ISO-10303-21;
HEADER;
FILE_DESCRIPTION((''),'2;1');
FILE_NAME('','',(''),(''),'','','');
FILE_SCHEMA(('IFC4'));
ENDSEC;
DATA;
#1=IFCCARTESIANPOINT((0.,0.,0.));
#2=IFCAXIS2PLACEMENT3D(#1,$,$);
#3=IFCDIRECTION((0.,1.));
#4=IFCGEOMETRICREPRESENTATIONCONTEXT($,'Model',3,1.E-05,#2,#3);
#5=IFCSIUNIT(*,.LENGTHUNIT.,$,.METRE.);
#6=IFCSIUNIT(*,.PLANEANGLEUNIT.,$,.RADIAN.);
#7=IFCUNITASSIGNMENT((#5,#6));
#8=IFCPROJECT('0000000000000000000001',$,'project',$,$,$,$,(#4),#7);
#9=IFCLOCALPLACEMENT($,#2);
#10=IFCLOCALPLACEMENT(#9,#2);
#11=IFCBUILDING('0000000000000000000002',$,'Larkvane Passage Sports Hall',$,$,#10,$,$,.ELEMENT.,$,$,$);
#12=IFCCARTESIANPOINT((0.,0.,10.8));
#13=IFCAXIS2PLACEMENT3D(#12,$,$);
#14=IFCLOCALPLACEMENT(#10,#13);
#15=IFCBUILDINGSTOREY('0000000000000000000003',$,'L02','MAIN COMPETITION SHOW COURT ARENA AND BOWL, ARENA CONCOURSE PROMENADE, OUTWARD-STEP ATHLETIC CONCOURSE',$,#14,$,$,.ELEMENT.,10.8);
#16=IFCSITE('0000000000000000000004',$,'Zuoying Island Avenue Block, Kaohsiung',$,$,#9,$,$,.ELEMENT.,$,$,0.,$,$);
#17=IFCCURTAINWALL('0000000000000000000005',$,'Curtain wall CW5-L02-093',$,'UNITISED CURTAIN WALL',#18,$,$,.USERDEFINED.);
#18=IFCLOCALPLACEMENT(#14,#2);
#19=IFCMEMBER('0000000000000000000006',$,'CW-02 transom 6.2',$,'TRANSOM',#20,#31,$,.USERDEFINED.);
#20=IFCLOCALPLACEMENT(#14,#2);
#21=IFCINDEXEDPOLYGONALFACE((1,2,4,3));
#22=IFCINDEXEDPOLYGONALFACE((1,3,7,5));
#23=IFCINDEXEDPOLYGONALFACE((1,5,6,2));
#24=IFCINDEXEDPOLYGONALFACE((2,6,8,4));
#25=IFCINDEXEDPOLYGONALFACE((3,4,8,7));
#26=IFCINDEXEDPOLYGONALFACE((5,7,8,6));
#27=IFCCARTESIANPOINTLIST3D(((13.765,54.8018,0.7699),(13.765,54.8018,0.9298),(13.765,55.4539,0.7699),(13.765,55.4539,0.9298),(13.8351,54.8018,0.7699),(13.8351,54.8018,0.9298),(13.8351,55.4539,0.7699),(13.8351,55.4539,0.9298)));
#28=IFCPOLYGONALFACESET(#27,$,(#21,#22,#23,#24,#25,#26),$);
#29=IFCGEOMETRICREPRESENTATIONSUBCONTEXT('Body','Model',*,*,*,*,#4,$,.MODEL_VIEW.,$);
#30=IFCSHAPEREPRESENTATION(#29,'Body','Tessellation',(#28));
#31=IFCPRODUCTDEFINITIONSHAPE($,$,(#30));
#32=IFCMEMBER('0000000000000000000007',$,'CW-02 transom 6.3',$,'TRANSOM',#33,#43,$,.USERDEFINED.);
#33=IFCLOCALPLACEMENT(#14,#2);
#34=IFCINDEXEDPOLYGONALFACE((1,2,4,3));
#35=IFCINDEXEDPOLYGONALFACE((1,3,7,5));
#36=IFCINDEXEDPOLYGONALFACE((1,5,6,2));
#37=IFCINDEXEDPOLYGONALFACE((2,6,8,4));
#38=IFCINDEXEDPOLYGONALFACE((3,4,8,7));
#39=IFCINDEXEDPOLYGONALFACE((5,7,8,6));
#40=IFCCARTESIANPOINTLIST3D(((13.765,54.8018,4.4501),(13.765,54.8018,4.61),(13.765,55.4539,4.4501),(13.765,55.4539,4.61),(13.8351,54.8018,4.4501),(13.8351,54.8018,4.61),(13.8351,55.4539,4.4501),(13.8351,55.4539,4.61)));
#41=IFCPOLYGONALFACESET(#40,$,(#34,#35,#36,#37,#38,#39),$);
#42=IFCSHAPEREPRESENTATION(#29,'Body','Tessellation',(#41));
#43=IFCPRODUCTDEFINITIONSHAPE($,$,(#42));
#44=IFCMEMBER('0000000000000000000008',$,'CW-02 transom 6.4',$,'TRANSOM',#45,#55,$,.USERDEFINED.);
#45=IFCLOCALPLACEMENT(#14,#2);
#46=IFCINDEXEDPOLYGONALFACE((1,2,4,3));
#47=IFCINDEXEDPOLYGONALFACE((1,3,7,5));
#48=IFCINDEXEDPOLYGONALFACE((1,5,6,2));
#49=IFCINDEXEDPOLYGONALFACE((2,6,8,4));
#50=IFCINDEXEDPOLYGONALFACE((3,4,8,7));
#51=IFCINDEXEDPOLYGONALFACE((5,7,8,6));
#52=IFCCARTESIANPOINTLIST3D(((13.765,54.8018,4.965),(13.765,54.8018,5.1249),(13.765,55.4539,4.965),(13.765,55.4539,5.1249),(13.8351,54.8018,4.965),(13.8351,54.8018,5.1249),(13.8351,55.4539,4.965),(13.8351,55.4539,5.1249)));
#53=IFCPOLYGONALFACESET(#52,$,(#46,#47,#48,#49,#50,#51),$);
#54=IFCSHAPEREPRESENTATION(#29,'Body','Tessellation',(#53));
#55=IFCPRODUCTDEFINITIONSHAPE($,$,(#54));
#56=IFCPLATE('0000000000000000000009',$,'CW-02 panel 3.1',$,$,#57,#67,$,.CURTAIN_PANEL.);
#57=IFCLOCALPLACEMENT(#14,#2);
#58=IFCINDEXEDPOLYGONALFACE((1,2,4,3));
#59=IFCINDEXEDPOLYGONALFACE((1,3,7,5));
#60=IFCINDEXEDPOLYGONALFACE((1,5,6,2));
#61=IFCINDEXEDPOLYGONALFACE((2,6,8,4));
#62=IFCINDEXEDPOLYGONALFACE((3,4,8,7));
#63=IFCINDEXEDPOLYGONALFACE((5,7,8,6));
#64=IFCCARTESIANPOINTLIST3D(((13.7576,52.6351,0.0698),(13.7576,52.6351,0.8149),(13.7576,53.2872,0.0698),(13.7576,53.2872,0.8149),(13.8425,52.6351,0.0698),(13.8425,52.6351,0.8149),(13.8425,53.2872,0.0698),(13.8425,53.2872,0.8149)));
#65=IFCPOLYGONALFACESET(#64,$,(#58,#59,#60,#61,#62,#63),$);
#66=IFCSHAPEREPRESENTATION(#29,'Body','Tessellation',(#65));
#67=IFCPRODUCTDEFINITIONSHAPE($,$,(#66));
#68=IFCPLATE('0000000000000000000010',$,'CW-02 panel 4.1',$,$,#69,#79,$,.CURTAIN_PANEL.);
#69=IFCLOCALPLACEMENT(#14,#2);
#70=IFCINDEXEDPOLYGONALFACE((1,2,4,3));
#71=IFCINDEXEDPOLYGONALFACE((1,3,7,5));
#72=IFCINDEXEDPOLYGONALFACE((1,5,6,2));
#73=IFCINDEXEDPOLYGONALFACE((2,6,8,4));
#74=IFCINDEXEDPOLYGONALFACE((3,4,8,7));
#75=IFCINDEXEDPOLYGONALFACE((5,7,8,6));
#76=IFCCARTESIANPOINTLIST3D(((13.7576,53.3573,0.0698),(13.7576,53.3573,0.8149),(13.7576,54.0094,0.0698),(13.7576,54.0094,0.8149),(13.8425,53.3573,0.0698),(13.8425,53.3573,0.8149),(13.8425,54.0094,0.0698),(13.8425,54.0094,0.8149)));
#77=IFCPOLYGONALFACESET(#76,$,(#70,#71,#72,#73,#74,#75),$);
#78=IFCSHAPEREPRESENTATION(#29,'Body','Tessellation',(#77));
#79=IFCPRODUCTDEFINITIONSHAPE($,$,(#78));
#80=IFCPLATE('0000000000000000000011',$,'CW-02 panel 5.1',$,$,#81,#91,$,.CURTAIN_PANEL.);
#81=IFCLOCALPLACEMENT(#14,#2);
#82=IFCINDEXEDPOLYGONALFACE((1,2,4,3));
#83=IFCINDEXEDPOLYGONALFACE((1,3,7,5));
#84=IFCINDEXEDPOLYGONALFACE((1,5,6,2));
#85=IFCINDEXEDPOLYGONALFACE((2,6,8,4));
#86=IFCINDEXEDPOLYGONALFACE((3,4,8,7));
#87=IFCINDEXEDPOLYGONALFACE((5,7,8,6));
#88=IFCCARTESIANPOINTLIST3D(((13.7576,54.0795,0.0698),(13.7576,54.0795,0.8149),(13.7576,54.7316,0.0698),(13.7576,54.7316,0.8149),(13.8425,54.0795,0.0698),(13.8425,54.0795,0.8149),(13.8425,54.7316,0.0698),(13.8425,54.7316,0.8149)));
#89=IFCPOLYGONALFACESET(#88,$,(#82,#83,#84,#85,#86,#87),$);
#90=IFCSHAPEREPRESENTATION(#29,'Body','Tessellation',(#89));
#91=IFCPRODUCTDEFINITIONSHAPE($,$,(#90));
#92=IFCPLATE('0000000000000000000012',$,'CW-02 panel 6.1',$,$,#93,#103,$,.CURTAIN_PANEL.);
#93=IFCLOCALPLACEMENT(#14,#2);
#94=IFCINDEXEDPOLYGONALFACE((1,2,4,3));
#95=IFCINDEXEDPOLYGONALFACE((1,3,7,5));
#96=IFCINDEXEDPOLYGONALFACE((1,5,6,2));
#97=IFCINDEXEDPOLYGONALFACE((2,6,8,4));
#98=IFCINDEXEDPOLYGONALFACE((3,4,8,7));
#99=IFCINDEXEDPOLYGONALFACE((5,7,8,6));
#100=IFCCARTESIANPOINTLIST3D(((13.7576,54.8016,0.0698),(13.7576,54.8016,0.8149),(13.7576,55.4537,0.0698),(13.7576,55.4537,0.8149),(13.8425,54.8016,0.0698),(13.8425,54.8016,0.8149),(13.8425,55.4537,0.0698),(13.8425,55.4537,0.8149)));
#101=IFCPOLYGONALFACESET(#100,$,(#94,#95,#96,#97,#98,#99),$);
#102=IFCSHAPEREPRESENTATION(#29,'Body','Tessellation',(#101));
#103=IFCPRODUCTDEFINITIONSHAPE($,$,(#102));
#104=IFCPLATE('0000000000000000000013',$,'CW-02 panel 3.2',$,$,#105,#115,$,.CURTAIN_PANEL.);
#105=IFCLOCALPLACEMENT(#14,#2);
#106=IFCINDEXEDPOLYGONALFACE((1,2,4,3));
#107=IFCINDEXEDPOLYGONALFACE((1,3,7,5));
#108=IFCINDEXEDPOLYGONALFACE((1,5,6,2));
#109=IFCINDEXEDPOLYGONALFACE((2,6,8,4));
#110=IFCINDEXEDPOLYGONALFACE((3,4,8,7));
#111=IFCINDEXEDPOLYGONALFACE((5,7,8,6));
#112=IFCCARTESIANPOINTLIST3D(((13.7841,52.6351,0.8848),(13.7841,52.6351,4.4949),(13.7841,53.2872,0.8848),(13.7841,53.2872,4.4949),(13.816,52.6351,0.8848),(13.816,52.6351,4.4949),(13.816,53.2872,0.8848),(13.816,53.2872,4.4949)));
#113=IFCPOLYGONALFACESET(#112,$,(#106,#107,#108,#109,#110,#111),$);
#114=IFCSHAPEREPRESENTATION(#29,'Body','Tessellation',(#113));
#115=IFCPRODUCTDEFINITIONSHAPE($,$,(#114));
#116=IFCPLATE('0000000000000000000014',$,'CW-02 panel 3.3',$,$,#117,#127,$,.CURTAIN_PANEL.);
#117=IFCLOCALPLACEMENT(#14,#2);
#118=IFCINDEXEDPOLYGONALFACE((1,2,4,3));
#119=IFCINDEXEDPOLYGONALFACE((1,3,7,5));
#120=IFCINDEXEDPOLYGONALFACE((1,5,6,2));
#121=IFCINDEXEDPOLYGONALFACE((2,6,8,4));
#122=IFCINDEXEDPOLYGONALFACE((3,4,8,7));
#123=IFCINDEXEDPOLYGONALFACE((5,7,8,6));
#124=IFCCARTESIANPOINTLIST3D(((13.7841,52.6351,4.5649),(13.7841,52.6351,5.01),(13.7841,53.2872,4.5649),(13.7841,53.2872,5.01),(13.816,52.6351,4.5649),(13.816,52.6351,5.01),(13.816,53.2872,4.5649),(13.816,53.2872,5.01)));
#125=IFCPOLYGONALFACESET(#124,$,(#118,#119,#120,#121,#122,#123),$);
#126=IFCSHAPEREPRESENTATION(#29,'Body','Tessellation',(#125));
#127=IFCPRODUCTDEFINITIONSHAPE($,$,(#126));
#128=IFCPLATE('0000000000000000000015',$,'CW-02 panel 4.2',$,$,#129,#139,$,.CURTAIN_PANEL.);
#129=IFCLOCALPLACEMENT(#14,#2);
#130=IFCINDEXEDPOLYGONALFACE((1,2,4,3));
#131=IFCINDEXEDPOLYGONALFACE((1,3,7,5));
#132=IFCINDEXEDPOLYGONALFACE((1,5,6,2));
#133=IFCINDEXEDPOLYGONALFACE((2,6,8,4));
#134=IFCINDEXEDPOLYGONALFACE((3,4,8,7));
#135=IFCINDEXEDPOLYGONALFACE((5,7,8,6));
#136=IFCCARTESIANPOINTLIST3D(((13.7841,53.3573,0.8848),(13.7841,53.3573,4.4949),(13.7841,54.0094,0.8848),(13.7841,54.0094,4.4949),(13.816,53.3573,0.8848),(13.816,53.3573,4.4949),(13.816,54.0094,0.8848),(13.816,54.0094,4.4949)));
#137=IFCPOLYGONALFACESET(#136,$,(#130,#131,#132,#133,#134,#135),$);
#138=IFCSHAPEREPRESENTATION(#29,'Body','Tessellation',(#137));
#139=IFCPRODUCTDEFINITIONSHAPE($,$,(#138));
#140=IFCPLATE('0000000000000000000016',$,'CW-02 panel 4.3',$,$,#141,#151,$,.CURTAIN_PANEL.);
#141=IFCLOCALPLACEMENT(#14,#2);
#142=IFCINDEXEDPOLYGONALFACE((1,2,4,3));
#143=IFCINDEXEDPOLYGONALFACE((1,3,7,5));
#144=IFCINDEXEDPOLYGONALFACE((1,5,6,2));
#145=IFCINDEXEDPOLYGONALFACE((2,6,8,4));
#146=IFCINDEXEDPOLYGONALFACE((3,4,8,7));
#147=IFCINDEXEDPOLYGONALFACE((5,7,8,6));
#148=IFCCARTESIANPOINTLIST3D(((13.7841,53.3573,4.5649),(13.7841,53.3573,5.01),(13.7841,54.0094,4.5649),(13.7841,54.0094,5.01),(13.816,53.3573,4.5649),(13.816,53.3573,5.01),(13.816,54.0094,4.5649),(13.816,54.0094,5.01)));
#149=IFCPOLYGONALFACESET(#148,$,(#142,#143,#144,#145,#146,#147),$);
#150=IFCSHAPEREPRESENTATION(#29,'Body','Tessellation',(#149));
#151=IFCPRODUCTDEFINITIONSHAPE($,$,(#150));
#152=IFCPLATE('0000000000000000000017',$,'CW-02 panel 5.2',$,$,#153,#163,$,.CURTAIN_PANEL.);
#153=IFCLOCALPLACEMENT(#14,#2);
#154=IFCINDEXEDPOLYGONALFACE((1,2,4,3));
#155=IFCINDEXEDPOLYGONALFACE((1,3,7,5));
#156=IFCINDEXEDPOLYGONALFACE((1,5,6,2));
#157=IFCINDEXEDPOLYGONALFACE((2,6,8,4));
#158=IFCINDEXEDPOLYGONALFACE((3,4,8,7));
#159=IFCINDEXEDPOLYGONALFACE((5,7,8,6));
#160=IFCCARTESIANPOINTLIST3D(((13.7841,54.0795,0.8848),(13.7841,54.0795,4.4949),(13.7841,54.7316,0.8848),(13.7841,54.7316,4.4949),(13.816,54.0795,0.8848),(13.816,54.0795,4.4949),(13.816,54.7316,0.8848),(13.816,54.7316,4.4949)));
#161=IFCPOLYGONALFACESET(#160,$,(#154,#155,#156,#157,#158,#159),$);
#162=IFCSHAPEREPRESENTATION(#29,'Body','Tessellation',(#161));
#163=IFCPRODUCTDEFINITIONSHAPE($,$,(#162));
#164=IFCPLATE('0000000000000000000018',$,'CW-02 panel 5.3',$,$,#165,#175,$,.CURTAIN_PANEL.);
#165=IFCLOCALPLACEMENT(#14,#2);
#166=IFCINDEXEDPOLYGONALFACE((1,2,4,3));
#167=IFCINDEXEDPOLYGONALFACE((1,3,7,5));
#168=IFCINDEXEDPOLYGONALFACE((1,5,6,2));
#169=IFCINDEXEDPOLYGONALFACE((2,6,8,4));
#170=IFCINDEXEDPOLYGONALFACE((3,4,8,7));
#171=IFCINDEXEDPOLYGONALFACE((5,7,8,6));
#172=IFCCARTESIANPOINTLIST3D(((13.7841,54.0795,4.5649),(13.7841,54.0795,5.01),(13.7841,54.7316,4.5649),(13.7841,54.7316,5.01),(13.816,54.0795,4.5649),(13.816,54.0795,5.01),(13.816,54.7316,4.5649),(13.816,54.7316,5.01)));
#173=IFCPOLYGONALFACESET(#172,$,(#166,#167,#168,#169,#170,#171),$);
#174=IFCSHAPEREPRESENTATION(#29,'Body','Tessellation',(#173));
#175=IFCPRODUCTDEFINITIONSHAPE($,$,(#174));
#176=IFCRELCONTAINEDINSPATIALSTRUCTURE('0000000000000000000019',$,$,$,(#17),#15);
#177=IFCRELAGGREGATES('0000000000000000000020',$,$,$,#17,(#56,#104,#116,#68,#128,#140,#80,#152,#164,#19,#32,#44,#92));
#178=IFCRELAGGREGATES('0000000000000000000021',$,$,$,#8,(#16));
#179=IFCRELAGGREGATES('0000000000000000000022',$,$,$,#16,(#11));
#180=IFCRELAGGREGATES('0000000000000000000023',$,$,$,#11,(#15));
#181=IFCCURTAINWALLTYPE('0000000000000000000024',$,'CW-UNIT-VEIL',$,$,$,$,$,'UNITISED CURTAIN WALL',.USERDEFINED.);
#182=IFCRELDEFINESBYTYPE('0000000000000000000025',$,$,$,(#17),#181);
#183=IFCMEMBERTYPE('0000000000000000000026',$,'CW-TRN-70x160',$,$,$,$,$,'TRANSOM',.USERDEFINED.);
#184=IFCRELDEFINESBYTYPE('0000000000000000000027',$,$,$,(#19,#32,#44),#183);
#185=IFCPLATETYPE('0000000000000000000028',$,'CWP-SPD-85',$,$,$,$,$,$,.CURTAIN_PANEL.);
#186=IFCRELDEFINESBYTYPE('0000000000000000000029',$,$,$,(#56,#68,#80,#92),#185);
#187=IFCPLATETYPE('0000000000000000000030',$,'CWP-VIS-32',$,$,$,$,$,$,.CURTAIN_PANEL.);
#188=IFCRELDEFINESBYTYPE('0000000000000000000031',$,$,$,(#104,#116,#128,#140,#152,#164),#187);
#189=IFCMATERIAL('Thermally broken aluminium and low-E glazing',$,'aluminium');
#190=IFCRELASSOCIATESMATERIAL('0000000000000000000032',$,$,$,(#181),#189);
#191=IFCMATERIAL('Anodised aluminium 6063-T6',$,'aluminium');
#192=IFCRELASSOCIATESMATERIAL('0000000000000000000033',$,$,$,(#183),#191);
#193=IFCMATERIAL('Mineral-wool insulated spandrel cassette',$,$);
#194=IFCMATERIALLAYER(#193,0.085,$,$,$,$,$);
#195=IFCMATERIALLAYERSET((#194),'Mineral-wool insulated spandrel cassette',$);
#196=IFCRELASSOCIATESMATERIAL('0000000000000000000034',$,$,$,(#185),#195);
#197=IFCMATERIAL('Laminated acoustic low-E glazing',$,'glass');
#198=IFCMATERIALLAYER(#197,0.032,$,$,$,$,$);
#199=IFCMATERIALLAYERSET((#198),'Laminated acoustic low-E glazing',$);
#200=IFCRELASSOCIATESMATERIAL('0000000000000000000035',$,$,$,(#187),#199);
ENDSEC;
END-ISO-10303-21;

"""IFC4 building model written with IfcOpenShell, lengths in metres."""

from ifc_helpers import new_model, si_unit, direction, frame, origin, origin_2d, place, context, subcontext, project, spatial, rectangle, extrude, material, layer, layer_set, material_profile, profile_set, type_object, element, aggregate, save


model = new_model("IFC4")

# Units and contexts
model_context = context("Model", 3, precision=1e-05, world=origin(), true_north=direction((0.0, 1.0)))
body_context = subcontext(model_context, "Body", "Model", "MODEL_VIEW")
ifc_project = project(units=[si_unit("LENGTHUNIT", "METRE"), si_unit("PLANEANGLEUNIT", "RADIAN")], contexts=[model_context])

# Site, building, storey
site_placement = place(None, origin())
site = spatial("IfcSite", under=ifc_project, at=site_placement, Name="Zuoying Island Avenue Block, Kaohsiung", CompositionType="ELEMENT", RefElevation=0.0)
building_placement = place(site_placement, origin())
building = spatial("IfcBuilding", under=site, at=building_placement, Name="Larkvane Passage Sports Hall", CompositionType="ELEMENT")
storey_placement = place(building_placement, frame((0.0, 0.0, 10.8)))
storey = spatial("IfcBuildingStorey", under=building, at=storey_placement, Name="L02", Description="MAIN COMPETITION SHOW COURT ARENA AND BOWL, ARENA CONCOURSE PROMENADE, OUTWARD-STEP ATHLETIC CONCOURSE", CompositionType="ELEMENT", Elevation=10.8)

# Curtain wall, members, plates
ifc_material_1 = material(Name="Thermally broken aluminium and low-E glazing", Category="aluminium")
curtain_wall_type = type_object("IfcCurtainWallType", Name="CW-UNIT-VEIL", ElementType="UNITISED CURTAIN WALL", PredefinedType="USERDEFINED", material=ifc_material_1)
curtain_wall_placement = place(storey_placement, origin())
curtain_wall = element("IfcCurtainWall", 1, at=curtain_wall_placement, inside=storey, type_object=curtain_wall_type, Name="Curtain wall CW5-L02-093", ObjectType="UNITISED CURTAIN WALL", PredefinedType="USERDEFINED")
ifc_material_2 = material(Name="Anodised aluminium 6063-T6", Category="aluminium")
ifc_material_profile_1 = material_profile(ifc_material_2, rectangle(XDim=0.0701, YDim=0.1599, at=origin_2d()), Name="ALU-TRN-70x160")
ifc_profile_set_1 = profile_set([ifc_material_profile_1], Name="Anodised aluminium 6063-T6")
member_type_1 = type_object("IfcMemberType", Name="CW-TRN-70x160", ElementType="TRANSOM", PredefinedType="USERDEFINED", material=ifc_profile_set_1)
member_1_placement = place(storey_placement, frame((13.8, 54.8018, 0.8499), z_axis=(0.0, 1.0, 0.0), x_axis=(-1.0, 0.0, 0.0)))
member_1 = element("IfcMember", 2, at=member_1_placement, type_object=member_type_1, Name="CW-02 transom 6.2", ObjectType="TRANSOM", PredefinedType="USERDEFINED", context=body_context, shape_type="SweptSolid", body=[
    extrude(rectangle(XDim=0.0701, YDim=0.1599, at=origin_2d()), origin(), (0.0, 0.0, 1.0), 0.6521),
])
member_2_placement = place(storey_placement, frame((13.8, 54.8018, 4.53), z_axis=(0.0, 1.0, 0.0), x_axis=(-1.0, 0.0, 0.0)))
member_2 = element("IfcMember", 3, at=member_2_placement, type_object=member_type_1, Name="CW-02 transom 6.3", ObjectType="TRANSOM", PredefinedType="USERDEFINED", context=body_context, shape_type="SweptSolid", body=[
    extrude(rectangle(XDim=0.0701, YDim=0.1599, at=origin_2d()), origin(), (0.0, 0.0, 1.0), 0.6521),
])
member_3_placement = place(storey_placement, frame((13.8, 54.8018, 5.0449), z_axis=(0.0, 1.0, 0.0), x_axis=(-1.0, 0.0, 0.0)))
member_3 = element("IfcMember", 4, at=member_3_placement, type_object=member_type_1, Name="CW-02 transom 6.4", ObjectType="TRANSOM", PredefinedType="USERDEFINED", context=body_context, shape_type="SweptSolid", body=[
    extrude(rectangle(XDim=0.0701, YDim=0.1599, at=origin_2d()), origin(), (0.0, 0.0, 1.0), 0.6521),
])
ifc_material_3 = material(Name="Mineral-wool insulated spandrel cassette")
ifc_layer_1 = layer(ifc_material_3, 0.085)
ifc_layer_set_1 = layer_set([ifc_layer_1], Name="Mineral-wool insulated spandrel cassette")
plate_type_1 = type_object("IfcPlateType", Name="CWP-SPD-85", PredefinedType="CURTAIN_PANEL", material=ifc_layer_set_1)
plate_1_placement = place(storey_placement, frame((13.8, 52.9612, 0.0698), z_axis=(0.0, 0.0, 1.0), x_axis=(0.0, 1.0, 0.0)))
plate_1 = element("IfcPlate", 5, at=plate_1_placement, type_object=plate_type_1, Name="CW-02 panel 3.1", PredefinedType="CURTAIN_PANEL", context=body_context, shape_type="SweptSolid", body=[
    extrude(rectangle(XDim=0.6521, YDim=0.085, at=origin_2d()), origin(), (0.0, 0.0, 1.0), 0.7451),
])
plate_2_placement = place(storey_placement, frame((13.8, 53.6833, 0.0698), z_axis=(0.0, 0.0, 1.0), x_axis=(0.0, 1.0, 0.0)))
plate_2 = element("IfcPlate", 6, at=plate_2_placement, type_object=plate_type_1, Name="CW-02 panel 4.1", PredefinedType="CURTAIN_PANEL", context=body_context, shape_type="SweptSolid", body=[
    extrude(rectangle(XDim=0.6521, YDim=0.085, at=origin_2d()), origin(), (0.0, 0.0, 1.0), 0.7451),
])
plate_3_placement = place(storey_placement, frame((13.8, 54.4055, 0.0698), z_axis=(0.0, 0.0, 1.0), x_axis=(0.0, 1.0, 0.0)))
plate_3 = element("IfcPlate", 7, at=plate_3_placement, type_object=plate_type_1, Name="CW-02 panel 5.1", PredefinedType="CURTAIN_PANEL", context=body_context, shape_type="SweptSolid", body=[
    extrude(rectangle(XDim=0.6521, YDim=0.085, at=origin_2d()), origin(), (0.0, 0.0, 1.0), 0.7451),
])
plate_4_placement = place(storey_placement, frame((13.8, 55.1277, 0.0698), z_axis=(0.0, 0.0, 1.0), x_axis=(0.0, 1.0, 0.0)))
plate_4 = element("IfcPlate", 8, at=plate_4_placement, type_object=plate_type_1, Name="CW-02 panel 6.1", PredefinedType="CURTAIN_PANEL", context=body_context, shape_type="SweptSolid", body=[
    extrude(rectangle(XDim=0.6521, YDim=0.085, at=origin_2d()), origin(), (0.0, 0.0, 1.0), 0.7451),
])
ifc_material_4 = material(Name="Laminated acoustic low-E glazing", Category="glass")
ifc_layer_2 = layer(ifc_material_4, 0.032)
ifc_layer_set_2 = layer_set([ifc_layer_2], Name="Laminated acoustic low-E glazing")
plate_type_2 = type_object("IfcPlateType", Name="CWP-VIS-32", PredefinedType="CURTAIN_PANEL", material=ifc_layer_set_2)
plate_5_placement = place(storey_placement, frame((13.8, 52.9612, 0.8848), z_axis=(0.0, 0.0, 1.0), x_axis=(0.0, 1.0, 0.0)))
plate_5 = element("IfcPlate", 9, at=plate_5_placement, type_object=plate_type_2, Name="CW-02 panel 3.2", PredefinedType="CURTAIN_PANEL", context=body_context, shape_type="SweptSolid", body=[
    extrude(rectangle(XDim=0.6521, YDim=0.032, at=origin_2d()), origin(), (0.0, 0.0, 1.0), 3.6101),
])
plate_6_placement = place(storey_placement, frame((13.8, 52.9612, 4.5649), z_axis=(0.0, 0.0, 1.0), x_axis=(0.0, 1.0, 0.0)))
plate_6 = element("IfcPlate", 10, at=plate_6_placement, type_object=plate_type_2, Name="CW-02 panel 3.3", PredefinedType="CURTAIN_PANEL", context=body_context, shape_type="SweptSolid", body=[
    extrude(rectangle(XDim=0.6521, YDim=0.032, at=origin_2d()), origin(), (0.0, 0.0, 1.0), 0.4451),
])
plate_7_placement = place(storey_placement, frame((13.8, 53.6833, 0.8848), z_axis=(0.0, 0.0, 1.0), x_axis=(0.0, 1.0, 0.0)))
plate_7 = element("IfcPlate", 11, at=plate_7_placement, type_object=plate_type_2, Name="CW-02 panel 4.2", PredefinedType="CURTAIN_PANEL", context=body_context, shape_type="SweptSolid", body=[
    extrude(rectangle(XDim=0.6521, YDim=0.032, at=origin_2d()), origin(), (0.0, 0.0, 1.0), 3.6101),
])
plate_8_placement = place(storey_placement, frame((13.8, 53.6833, 4.5649), z_axis=(0.0, 0.0, 1.0), x_axis=(0.0, 1.0, 0.0)))
plate_8 = element("IfcPlate", 12, at=plate_8_placement, type_object=plate_type_2, Name="CW-02 panel 4.3", PredefinedType="CURTAIN_PANEL", context=body_context, shape_type="SweptSolid", body=[
    extrude(rectangle(XDim=0.6521, YDim=0.032, at=origin_2d()), origin(), (0.0, 0.0, 1.0), 0.4451),
])
plate_9_placement = place(storey_placement, frame((13.8, 54.4055, 0.8848), z_axis=(0.0, 0.0, 1.0), x_axis=(0.0, 1.0, 0.0)))
plate_9 = element("IfcPlate", 13, at=plate_9_placement, type_object=plate_type_2, Name="CW-02 panel 5.2", PredefinedType="CURTAIN_PANEL", context=body_context, shape_type="SweptSolid", body=[
    extrude(rectangle(XDim=0.6521, YDim=0.032, at=origin_2d()), origin(), (0.0, 0.0, 1.0), 3.6101),
])
plate_10_placement = place(storey_placement, frame((13.8, 54.4055, 4.5649), z_axis=(0.0, 0.0, 1.0), x_axis=(0.0, 1.0, 0.0)))
plate_10 = element("IfcPlate", 14, at=plate_10_placement, type_object=plate_type_2, Name="CW-02 panel 5.3", PredefinedType="CURTAIN_PANEL", context=body_context, shape_type="SweptSolid", body=[
    extrude(rectangle(XDim=0.6521, YDim=0.032, at=origin_2d()), origin(), (0.0, 0.0, 1.0), 0.4451),
])
aggregate(curtain_wall, [plate_1, plate_5, plate_6, plate_2, plate_7, plate_8, plate_3, plate_9, plate_10, member_1, member_2, member_3, plate_4])

save(model, "model.ifc")
